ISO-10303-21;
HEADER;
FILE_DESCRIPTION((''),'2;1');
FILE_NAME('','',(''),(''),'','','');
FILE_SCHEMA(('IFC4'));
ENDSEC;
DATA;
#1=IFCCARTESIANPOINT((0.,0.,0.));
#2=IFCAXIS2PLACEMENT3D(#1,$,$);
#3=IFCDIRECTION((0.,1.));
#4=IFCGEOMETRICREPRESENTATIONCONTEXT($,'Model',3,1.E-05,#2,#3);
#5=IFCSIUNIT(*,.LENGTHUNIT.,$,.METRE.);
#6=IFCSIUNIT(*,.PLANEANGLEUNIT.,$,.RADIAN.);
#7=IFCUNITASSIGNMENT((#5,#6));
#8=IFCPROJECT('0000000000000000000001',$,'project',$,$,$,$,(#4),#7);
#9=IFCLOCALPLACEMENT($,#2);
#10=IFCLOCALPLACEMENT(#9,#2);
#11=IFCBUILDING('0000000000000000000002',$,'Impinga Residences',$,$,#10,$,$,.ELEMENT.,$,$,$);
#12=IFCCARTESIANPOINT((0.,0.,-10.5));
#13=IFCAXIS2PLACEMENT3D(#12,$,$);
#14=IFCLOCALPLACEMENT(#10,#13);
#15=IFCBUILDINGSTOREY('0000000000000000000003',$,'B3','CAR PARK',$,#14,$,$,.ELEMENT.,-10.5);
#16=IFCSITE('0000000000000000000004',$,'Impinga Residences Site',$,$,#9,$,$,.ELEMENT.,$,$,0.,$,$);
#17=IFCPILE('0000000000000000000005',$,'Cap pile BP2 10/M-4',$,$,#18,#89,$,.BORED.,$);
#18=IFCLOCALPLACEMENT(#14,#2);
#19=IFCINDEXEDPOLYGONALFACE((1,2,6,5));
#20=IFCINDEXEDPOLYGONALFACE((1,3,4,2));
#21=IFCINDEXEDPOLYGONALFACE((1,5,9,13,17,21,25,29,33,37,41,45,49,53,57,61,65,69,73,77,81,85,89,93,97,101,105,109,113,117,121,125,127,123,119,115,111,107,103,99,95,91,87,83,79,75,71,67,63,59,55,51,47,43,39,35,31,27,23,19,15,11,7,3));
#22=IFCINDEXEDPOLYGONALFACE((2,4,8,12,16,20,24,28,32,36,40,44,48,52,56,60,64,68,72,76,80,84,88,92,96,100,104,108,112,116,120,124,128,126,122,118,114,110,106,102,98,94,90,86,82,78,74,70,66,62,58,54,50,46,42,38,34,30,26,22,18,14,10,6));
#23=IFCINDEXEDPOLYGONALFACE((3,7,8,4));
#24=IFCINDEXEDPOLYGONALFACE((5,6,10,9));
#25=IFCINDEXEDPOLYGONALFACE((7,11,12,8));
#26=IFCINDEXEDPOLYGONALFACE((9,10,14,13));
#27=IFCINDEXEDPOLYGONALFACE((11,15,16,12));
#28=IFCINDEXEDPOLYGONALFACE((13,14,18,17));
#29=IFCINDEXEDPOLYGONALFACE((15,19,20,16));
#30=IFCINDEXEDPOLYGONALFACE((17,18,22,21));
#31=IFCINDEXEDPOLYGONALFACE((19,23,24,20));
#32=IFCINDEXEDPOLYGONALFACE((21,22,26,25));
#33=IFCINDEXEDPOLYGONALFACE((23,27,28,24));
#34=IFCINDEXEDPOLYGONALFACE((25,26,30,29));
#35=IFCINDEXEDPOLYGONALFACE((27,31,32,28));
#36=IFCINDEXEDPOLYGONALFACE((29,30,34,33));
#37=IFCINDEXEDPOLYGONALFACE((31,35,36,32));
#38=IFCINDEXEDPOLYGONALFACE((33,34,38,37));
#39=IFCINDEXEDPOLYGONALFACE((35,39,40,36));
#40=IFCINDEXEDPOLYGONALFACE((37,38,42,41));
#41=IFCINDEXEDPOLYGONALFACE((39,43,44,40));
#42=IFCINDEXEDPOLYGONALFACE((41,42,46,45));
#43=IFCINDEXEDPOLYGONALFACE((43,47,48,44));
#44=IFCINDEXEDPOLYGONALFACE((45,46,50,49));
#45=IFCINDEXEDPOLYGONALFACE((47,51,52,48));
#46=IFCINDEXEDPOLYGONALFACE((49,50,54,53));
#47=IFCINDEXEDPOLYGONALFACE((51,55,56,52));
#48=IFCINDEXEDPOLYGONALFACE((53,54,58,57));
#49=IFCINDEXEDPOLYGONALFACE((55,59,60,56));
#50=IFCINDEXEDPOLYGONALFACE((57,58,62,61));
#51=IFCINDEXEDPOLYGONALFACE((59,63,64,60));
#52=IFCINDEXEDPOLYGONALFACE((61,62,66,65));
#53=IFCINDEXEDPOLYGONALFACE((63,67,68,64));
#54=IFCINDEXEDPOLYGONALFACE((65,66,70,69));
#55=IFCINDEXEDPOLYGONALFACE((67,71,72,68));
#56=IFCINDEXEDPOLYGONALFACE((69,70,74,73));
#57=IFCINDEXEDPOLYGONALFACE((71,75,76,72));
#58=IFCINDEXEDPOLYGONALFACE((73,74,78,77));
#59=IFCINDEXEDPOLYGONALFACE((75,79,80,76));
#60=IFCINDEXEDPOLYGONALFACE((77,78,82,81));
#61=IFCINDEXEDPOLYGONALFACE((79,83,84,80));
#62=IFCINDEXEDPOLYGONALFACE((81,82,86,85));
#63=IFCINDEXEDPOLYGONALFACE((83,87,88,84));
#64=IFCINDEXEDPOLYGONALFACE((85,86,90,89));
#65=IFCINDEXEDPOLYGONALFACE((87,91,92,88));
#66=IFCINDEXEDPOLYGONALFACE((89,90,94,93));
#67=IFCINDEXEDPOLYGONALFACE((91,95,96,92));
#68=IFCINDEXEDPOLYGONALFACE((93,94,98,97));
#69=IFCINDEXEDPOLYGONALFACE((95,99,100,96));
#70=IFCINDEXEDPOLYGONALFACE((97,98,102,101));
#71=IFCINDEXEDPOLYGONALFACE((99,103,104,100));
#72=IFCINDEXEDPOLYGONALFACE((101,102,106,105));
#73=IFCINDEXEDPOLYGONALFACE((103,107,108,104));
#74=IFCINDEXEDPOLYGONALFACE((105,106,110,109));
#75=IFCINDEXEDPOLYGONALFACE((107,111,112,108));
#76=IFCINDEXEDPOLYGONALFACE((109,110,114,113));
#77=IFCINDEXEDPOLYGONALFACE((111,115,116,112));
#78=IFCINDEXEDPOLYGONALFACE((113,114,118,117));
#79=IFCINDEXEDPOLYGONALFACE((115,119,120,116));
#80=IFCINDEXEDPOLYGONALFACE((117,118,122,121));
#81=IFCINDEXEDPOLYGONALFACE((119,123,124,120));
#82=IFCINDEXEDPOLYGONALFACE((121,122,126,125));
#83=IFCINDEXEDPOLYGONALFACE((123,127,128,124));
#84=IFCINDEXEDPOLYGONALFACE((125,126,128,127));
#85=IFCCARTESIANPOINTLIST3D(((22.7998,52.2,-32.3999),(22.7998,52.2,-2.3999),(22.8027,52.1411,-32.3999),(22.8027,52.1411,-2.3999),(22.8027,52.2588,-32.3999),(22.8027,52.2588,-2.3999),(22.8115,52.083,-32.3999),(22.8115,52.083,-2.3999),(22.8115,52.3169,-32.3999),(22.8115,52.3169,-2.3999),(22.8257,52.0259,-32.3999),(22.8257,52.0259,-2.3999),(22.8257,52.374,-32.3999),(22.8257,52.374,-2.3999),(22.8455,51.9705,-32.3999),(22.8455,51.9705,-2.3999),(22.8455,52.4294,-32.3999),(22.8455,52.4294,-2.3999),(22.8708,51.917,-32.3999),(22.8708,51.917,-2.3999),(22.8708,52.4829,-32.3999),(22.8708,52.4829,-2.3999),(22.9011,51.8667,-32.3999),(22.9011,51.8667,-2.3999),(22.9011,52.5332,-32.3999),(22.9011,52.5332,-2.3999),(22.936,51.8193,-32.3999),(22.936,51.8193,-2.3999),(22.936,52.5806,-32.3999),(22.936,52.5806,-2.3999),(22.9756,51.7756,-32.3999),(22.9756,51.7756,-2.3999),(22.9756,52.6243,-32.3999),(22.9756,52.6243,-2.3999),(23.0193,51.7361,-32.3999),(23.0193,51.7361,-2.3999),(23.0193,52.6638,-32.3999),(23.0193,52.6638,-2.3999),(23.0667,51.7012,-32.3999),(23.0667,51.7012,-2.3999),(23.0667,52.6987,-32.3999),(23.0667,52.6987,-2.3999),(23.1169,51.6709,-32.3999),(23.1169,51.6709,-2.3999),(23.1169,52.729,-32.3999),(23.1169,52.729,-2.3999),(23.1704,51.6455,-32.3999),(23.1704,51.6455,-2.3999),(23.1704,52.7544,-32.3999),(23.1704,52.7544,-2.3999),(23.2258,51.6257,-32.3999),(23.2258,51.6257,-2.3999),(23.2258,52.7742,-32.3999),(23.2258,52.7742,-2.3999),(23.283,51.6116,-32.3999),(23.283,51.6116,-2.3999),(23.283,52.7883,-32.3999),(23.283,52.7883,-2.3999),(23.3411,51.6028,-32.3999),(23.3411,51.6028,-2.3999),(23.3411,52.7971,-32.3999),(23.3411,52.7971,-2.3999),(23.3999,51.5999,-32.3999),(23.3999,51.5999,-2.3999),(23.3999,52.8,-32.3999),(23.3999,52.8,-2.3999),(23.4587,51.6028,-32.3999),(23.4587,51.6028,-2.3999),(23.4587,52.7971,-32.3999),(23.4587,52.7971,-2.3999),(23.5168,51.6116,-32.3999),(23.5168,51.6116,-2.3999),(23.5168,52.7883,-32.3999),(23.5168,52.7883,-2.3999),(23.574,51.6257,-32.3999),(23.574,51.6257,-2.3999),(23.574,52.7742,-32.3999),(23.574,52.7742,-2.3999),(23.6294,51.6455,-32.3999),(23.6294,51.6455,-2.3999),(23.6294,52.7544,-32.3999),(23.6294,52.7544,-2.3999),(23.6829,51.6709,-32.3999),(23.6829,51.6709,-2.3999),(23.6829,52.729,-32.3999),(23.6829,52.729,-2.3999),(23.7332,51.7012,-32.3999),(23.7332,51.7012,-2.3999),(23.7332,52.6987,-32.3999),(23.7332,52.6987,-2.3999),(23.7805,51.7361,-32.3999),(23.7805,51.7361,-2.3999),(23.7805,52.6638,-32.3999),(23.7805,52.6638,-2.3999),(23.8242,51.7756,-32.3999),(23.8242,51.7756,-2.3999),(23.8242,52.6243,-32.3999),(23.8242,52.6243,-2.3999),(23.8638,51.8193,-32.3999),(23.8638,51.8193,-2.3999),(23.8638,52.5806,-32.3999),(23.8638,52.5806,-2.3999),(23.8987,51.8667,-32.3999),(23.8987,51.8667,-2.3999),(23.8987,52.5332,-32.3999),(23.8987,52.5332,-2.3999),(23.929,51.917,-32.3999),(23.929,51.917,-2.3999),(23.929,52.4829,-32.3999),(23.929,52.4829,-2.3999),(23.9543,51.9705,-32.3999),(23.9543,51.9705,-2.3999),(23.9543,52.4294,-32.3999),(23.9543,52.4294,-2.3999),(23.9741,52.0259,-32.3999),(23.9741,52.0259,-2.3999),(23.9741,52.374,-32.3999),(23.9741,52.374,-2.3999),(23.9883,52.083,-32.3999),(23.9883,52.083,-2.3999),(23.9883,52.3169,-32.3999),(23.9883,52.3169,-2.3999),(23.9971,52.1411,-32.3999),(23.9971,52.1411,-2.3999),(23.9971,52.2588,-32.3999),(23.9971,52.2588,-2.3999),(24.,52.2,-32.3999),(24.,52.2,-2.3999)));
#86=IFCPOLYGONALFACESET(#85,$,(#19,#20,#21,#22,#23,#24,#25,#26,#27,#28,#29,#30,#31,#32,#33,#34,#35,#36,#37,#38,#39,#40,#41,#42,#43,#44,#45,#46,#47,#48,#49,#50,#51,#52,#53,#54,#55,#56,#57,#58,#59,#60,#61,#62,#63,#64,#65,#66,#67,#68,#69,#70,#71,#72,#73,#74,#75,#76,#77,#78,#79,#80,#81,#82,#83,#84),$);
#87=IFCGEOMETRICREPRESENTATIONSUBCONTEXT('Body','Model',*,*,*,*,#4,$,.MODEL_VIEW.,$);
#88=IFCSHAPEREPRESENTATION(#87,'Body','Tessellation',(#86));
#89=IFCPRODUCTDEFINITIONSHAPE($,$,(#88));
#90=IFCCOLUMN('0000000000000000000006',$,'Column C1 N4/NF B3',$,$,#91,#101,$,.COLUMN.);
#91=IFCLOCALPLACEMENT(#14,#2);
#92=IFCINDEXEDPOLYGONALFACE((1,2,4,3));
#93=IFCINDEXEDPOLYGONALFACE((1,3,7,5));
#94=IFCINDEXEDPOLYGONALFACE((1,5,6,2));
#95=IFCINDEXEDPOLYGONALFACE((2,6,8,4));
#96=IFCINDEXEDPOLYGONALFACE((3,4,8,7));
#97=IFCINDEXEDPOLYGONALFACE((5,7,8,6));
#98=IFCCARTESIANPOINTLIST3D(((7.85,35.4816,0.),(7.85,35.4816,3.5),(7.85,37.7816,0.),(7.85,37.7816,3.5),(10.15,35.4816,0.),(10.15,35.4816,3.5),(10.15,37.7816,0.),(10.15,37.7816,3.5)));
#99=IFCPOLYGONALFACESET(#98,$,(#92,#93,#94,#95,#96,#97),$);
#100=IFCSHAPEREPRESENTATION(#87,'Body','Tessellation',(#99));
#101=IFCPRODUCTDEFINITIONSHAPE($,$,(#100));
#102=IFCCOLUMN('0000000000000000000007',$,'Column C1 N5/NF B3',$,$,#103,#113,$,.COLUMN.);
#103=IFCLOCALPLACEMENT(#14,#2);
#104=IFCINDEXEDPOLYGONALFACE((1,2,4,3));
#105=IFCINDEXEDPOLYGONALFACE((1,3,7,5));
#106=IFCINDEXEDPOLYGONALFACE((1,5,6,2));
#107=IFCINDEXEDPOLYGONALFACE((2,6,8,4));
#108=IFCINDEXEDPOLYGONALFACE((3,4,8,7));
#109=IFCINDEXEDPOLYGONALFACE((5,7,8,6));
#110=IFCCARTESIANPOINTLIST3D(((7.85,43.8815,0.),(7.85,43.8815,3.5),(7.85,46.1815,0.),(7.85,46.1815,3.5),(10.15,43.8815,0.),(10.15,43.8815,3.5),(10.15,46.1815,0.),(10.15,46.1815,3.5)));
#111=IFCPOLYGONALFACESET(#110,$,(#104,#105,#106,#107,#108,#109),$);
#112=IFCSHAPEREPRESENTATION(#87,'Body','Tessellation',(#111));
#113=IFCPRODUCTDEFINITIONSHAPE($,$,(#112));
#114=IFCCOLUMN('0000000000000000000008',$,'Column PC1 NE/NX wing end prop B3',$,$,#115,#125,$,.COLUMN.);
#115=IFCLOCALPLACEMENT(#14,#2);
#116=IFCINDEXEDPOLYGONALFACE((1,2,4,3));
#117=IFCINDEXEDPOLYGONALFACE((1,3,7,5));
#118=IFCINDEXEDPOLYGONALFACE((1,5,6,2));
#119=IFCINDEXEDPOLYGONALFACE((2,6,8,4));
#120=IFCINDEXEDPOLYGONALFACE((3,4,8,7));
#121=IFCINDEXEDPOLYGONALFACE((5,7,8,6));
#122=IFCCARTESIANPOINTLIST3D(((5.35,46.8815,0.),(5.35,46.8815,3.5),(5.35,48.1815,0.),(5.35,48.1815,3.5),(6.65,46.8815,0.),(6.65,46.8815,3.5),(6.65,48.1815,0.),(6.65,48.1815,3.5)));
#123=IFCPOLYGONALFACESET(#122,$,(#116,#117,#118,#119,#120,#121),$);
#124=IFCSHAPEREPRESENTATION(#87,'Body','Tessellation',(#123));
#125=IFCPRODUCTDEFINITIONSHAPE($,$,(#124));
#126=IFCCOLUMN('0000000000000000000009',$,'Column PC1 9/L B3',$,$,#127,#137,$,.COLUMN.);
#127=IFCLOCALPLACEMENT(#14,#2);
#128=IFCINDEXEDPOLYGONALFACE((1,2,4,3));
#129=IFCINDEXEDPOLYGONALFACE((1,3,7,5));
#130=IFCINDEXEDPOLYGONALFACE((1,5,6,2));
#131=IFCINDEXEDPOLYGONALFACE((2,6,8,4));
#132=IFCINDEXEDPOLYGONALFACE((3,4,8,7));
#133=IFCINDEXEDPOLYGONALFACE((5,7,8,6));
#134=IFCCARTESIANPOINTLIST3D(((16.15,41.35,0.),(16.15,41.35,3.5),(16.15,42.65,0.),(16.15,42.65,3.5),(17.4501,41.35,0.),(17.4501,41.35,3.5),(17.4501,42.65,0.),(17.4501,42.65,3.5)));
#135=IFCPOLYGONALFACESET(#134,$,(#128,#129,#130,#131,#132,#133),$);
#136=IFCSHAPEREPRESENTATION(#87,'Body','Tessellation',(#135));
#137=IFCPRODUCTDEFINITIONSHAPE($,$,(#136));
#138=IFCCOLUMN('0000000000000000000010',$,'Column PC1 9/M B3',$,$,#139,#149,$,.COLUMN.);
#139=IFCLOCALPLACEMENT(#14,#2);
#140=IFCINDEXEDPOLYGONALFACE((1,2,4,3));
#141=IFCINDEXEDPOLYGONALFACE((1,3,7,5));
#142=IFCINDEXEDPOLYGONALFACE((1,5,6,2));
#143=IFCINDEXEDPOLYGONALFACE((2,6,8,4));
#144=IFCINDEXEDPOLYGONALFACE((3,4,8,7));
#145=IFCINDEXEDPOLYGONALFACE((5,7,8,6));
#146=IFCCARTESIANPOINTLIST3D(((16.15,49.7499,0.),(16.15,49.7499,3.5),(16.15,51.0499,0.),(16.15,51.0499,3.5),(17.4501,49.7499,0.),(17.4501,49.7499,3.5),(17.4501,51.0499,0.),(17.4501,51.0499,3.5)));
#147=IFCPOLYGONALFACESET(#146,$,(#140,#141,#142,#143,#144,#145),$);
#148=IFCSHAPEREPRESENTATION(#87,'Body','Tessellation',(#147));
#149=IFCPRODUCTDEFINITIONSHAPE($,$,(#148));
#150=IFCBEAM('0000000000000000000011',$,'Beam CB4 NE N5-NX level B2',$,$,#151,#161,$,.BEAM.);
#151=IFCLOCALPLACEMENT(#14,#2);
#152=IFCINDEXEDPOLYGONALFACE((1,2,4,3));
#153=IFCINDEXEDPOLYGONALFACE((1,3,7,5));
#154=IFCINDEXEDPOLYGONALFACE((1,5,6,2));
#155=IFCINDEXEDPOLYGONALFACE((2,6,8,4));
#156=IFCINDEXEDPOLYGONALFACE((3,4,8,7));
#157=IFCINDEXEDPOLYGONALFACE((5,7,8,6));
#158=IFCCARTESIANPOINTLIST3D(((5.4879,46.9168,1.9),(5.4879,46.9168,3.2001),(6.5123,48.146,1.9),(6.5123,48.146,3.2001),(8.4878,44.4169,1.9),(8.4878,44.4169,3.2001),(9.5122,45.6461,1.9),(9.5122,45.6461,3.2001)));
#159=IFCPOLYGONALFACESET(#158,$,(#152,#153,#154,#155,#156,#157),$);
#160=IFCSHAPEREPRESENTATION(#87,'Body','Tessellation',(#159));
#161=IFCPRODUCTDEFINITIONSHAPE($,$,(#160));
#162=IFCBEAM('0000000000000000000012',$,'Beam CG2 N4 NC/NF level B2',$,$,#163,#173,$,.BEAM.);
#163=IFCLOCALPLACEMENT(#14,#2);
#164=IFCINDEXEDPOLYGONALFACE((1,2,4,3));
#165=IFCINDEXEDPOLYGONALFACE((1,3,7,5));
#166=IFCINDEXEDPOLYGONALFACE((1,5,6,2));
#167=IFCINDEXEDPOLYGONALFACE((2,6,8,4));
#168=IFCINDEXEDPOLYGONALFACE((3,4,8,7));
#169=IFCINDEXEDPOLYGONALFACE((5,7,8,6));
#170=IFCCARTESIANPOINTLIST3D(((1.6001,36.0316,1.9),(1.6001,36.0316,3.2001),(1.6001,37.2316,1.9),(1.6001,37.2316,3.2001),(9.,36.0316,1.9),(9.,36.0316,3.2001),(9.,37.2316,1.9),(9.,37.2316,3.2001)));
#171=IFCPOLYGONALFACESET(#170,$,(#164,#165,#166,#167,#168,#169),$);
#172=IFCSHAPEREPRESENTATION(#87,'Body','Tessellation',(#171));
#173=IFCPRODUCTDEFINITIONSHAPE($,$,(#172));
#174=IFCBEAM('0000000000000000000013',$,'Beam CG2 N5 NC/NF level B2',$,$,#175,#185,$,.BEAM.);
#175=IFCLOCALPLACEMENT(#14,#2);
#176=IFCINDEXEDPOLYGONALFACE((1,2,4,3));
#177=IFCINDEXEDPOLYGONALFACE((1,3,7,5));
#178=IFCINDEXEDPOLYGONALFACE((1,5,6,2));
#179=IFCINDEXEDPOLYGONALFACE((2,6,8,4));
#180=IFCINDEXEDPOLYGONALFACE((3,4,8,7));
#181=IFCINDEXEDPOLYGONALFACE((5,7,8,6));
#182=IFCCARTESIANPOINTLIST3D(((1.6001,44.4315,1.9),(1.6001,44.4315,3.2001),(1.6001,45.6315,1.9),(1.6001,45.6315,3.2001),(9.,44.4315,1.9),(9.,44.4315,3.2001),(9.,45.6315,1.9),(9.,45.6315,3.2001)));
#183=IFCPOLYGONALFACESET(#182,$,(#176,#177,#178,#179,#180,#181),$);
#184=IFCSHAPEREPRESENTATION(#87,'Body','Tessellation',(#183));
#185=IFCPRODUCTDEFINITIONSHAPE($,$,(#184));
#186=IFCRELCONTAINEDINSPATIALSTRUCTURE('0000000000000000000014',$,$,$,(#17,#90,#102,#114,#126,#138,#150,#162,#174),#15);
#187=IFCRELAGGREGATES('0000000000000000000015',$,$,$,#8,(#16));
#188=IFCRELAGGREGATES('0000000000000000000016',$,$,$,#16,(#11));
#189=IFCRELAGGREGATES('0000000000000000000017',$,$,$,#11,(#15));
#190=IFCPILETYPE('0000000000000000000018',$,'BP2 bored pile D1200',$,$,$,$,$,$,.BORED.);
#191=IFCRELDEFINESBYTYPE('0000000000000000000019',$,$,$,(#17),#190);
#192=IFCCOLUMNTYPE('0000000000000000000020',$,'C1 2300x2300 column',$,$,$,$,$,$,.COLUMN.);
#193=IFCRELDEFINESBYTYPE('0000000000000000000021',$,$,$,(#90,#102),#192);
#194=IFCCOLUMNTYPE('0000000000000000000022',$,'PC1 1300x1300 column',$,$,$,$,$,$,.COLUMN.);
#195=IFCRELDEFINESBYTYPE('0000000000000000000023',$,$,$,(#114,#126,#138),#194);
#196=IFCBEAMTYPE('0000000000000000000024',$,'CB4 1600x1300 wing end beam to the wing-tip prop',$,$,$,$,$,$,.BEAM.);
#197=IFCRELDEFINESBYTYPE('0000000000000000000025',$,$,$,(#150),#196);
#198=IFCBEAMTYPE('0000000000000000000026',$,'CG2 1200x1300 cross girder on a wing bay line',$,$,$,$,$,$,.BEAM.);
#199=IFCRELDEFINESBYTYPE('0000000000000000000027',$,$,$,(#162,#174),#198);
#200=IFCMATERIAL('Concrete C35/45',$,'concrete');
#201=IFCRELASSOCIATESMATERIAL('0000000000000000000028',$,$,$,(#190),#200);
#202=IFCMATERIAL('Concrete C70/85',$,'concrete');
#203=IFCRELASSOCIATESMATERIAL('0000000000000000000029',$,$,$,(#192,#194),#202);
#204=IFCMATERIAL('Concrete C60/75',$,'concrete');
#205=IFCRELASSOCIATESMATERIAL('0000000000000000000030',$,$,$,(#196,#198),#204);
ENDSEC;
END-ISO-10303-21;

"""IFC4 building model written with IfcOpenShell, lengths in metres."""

from ifc_helpers import new_model, si_unit, direction, frame, origin, origin_2d, place, context, subcontext, project, spatial, polyline, rectangle, circle, outline, extrude, material, material_profile, profile_set, type_object, element, save


model = new_model("IFC4")

# Units and contexts
model_context = context("Model", 3, precision=1e-05, world=origin(), true_north=direction((0.0, 1.0)))
body_context = subcontext(model_context, "Body", "Model", "MODEL_VIEW")
ifc_project = project(units=[si_unit("LENGTHUNIT", "METRE"), si_unit("PLANEANGLEUNIT", "RADIAN")], contexts=[model_context])

# Site, building, storey
site_placement = place(None, origin())
site = spatial("IfcSite", under=ifc_project, at=site_placement, Name="Impinga Residences Site", CompositionType="ELEMENT", RefElevation=0.0)
building_placement = place(site_placement, origin())
building = spatial("IfcBuilding", under=site, at=building_placement, Name="Impinga Residences", CompositionType="ELEMENT")
storey_placement = place(building_placement, frame((0.0, 0.0, -10.5)))
storey = spatial("IfcBuildingStorey", under=building, at=storey_placement, Name="B3", Description="CAR PARK", CompositionType="ELEMENT", Elevation=-10.5)

# Pile
ifc_material_1 = material(Name="Concrete C35/45", Category="concrete")
ifc_material_profile_1 = material_profile(ifc_material_1, circle(Radius=0.6001, at=origin_2d()), Name="D1200")
ifc_profile_set_1 = profile_set([ifc_material_profile_1], Name="Concrete C35/45")
pile_type_1 = type_object("IfcPileType", Name="BP2 bored pile D1200", PredefinedType="BORED", material=ifc_profile_set_1)
pile_1_placement = place(storey_placement, frame((23.3999, 52.2, -2.3999), z_axis=(0.0, 0.0, -1.0), x_axis=(1.0, 0.0, 0.0)))
element("IfcPile", 1, at=pile_1_placement, inside=storey, type_object=pile_type_1, Name="Cap pile BP2 10/M-4", PredefinedType="BORED", context=body_context, shape_type="SweptSolid", body=[
    extrude(outline(polyline([(0.6001, 0.0), (0.5972, 0.0588), (0.5884, 0.1169), (0.5742, 0.1741), (0.5544, 0.2295), (0.5291, 0.283), (0.4988, 0.3333), (0.4639, 0.3806), (0.4243, 0.4243), (0.3806, 0.4639), (0.3333, 0.4988), (0.283, 0.5291), (0.2295, 0.5544), (0.1741, 0.5742), (0.1169, 0.5884), (0.0588, 0.5972), (0.0, 0.6001), (-0.0588, 0.5972), (-0.1169, 0.5884), (-0.1741, 0.5742), (-0.2295, 0.5544), (-0.283, 0.5291), (-0.3333, 0.4988), (-0.3806, 0.4639), (-0.4243, 0.4243), (-0.4639, 0.3806), (-0.4988, 0.3333), (-0.5291, 0.283), (-0.5544, 0.2295), (-0.5742, 0.1741), (-0.5884, 0.1169), (-0.5972, 0.0588), (-0.6001, 0.0), (-0.5972, -0.0588), (-0.5884, -0.1169), (-0.5742, -0.1741), (-0.5544, -0.2295), (-0.5291, -0.283), (-0.4988, -0.3333), (-0.4639, -0.3806), (-0.4243, -0.4243), (-0.3806, -0.4639), (-0.3333, -0.4988), (-0.283, -0.5291), (-0.2295, -0.5544), (-0.1741, -0.5742), (-0.1169, -0.5884), (-0.0588, -0.5972), (0.0, -0.6001), (0.0588, -0.5972), (0.1169, -0.5884), (0.1741, -0.5742), (0.2295, -0.5544), (0.283, -0.5291), (0.3333, -0.4988), (0.3806, -0.4639), (0.4243, -0.4243), (0.4639, -0.3806), (0.4988, -0.3333), (0.5291, -0.283), (0.5544, -0.2295), (0.5742, -0.1741), (0.5884, -0.1169), (0.5972, -0.0588), (0.6001, 0.0)])), origin(), (0.0, 0.0, 1.0), 30.0),
])

# Columns
ifc_material_2 = material(Name="Concrete C70/85", Category="concrete")
ifc_material_profile_2 = material_profile(ifc_material_2, rectangle(XDim=2.3, YDim=2.3, at=origin_2d()), Name="RC 2300x2300")
ifc_profile_set_2 = profile_set([ifc_material_profile_2], Name="Concrete C70/85")
column_type_1 = type_object("IfcColumnType", Name="C1 2300x2300 column", PredefinedType="COLUMN", material=ifc_profile_set_2)
for number, where, z_axis, x_axis, name in (
    (2, (9.0, 36.6316, 0.0), (0.0, 0.0, 1.0), (1.0, 0.0, 0.0), "Column C1 N4/NF B3"),
    (3, (9.0, 45.0315, 0.0), (0.0, 0.0, 1.0), (1.0, 0.0, 0.0), "Column C1 N5/NF B3"),
):
    element("IfcColumn", number, at=place(storey_placement, frame(where, z_axis=z_axis, x_axis=x_axis)), inside=storey, type_object=column_type_1, Name=name, PredefinedType="COLUMN", context=body_context, shape_type="SweptSolid", body=[
        extrude(rectangle(XDim=2.3, YDim=2.3, at=origin_2d()), origin(), (0.0, 0.0, 1.0), 3.5),
    ])
ifc_material_profile_3 = material_profile(ifc_material_2, rectangle(XDim=1.3, YDim=1.3, at=origin_2d()), Name="RC 1300x1300")
ifc_profile_set_3 = profile_set([ifc_material_profile_3], Name="Concrete C70/85")
column_type_2 = type_object("IfcColumnType", Name="PC1 1300x1300 column", PredefinedType="COLUMN", material=ifc_profile_set_3)
for number, where, z_axis, x_axis, name in (
    (4, (6.0, 47.5315, 0.0), (0.0, 0.0, 1.0), (1.0, 0.0, 0.0), "Column PC1 NE/NX wing end prop B3"),
    (5, (16.8, 42.0, 0.0), (0.0, 0.0, 1.0), (1.0, 0.0, 0.0), "Column PC1 9/L B3"),
    (6, (16.8, 50.3999, 0.0), (0.0, 0.0, 1.0), (1.0, 0.0, 0.0), "Column PC1 9/M B3"),
):
    element("IfcColumn", number, at=place(storey_placement, frame(where, z_axis=z_axis, x_axis=x_axis)), inside=storey, type_object=column_type_2, Name=name, PredefinedType="COLUMN", context=body_context, shape_type="SweptSolid", body=[
        extrude(rectangle(XDim=1.3, YDim=1.3, at=origin_2d()), origin(), (0.0, 0.0, 1.0), 3.5),
    ])

# Beams
ifc_material_3 = material(Name="Concrete C60/75", Category="concrete")
ifc_material_profile_4 = material_profile(ifc_material_3, rectangle(XDim=1.6001, YDim=1.3, at=origin_2d()), Name="RC 1600x1300")
ifc_profile_set_4 = profile_set([ifc_material_profile_4], Name="Concrete C60/75")
beam_type_1 = type_object("IfcBeamType", Name="CB4 1600x1300 wing end beam to the wing-tip prop", PredefinedType="BEAM", material=ifc_profile_set_4)
beam_1_placement = place(storey_placement, frame((9.0, 45.0315, 2.55), z_axis=(-0.768221, 0.640184, 0.0), x_axis=(-0.640184, -0.768221, 0.0)))
element("IfcBeam", 7, at=beam_1_placement, inside=storey, type_object=beam_type_1, Name="Beam CB4 NE N5-NX level B2", PredefinedType="BEAM", context=body_context, shape_type="SweptSolid", body=[
    extrude(rectangle(XDim=1.6001, YDim=1.3, at=origin_2d()), origin(), (0.0, 0.0, 1.0), 3.905),
])
ifc_material_profile_5 = material_profile(ifc_material_3, rectangle(XDim=1.2, YDim=1.3, at=origin_2d()), Name="RC 1200x1300")
ifc_profile_set_5 = profile_set([ifc_material_profile_5], Name="Concrete C60/75")
beam_type_2 = type_object("IfcBeamType", Name="CG2 1200x1300 cross girder on a wing bay line", PredefinedType="BEAM", material=ifc_profile_set_5)
for number, where, z_axis, x_axis, name in (
    (8, (1.6001, 36.6316, 2.55), (1.0, 0.0, 0.0), (0.0, 1.0, 0.0), "Beam CG2 N4 NC/NF level B2"),
    (9, (1.6001, 45.0315, 2.55), (1.0, 0.0, 0.0), (0.0, 1.0, 0.0), "Beam CG2 N5 NC/NF level B2"),
):
    element("IfcBeam", number, at=place(storey_placement, frame(where, z_axis=z_axis, x_axis=x_axis)), inside=storey, type_object=beam_type_2, Name=name, PredefinedType="BEAM", context=body_context, shape_type="SweptSolid", body=[
        extrude(rectangle(XDim=1.2, YDim=1.3, at=origin_2d()), origin(), (0.0, 0.0, 1.0), 7.3999),
    ])

save(model, "model.ifc")
